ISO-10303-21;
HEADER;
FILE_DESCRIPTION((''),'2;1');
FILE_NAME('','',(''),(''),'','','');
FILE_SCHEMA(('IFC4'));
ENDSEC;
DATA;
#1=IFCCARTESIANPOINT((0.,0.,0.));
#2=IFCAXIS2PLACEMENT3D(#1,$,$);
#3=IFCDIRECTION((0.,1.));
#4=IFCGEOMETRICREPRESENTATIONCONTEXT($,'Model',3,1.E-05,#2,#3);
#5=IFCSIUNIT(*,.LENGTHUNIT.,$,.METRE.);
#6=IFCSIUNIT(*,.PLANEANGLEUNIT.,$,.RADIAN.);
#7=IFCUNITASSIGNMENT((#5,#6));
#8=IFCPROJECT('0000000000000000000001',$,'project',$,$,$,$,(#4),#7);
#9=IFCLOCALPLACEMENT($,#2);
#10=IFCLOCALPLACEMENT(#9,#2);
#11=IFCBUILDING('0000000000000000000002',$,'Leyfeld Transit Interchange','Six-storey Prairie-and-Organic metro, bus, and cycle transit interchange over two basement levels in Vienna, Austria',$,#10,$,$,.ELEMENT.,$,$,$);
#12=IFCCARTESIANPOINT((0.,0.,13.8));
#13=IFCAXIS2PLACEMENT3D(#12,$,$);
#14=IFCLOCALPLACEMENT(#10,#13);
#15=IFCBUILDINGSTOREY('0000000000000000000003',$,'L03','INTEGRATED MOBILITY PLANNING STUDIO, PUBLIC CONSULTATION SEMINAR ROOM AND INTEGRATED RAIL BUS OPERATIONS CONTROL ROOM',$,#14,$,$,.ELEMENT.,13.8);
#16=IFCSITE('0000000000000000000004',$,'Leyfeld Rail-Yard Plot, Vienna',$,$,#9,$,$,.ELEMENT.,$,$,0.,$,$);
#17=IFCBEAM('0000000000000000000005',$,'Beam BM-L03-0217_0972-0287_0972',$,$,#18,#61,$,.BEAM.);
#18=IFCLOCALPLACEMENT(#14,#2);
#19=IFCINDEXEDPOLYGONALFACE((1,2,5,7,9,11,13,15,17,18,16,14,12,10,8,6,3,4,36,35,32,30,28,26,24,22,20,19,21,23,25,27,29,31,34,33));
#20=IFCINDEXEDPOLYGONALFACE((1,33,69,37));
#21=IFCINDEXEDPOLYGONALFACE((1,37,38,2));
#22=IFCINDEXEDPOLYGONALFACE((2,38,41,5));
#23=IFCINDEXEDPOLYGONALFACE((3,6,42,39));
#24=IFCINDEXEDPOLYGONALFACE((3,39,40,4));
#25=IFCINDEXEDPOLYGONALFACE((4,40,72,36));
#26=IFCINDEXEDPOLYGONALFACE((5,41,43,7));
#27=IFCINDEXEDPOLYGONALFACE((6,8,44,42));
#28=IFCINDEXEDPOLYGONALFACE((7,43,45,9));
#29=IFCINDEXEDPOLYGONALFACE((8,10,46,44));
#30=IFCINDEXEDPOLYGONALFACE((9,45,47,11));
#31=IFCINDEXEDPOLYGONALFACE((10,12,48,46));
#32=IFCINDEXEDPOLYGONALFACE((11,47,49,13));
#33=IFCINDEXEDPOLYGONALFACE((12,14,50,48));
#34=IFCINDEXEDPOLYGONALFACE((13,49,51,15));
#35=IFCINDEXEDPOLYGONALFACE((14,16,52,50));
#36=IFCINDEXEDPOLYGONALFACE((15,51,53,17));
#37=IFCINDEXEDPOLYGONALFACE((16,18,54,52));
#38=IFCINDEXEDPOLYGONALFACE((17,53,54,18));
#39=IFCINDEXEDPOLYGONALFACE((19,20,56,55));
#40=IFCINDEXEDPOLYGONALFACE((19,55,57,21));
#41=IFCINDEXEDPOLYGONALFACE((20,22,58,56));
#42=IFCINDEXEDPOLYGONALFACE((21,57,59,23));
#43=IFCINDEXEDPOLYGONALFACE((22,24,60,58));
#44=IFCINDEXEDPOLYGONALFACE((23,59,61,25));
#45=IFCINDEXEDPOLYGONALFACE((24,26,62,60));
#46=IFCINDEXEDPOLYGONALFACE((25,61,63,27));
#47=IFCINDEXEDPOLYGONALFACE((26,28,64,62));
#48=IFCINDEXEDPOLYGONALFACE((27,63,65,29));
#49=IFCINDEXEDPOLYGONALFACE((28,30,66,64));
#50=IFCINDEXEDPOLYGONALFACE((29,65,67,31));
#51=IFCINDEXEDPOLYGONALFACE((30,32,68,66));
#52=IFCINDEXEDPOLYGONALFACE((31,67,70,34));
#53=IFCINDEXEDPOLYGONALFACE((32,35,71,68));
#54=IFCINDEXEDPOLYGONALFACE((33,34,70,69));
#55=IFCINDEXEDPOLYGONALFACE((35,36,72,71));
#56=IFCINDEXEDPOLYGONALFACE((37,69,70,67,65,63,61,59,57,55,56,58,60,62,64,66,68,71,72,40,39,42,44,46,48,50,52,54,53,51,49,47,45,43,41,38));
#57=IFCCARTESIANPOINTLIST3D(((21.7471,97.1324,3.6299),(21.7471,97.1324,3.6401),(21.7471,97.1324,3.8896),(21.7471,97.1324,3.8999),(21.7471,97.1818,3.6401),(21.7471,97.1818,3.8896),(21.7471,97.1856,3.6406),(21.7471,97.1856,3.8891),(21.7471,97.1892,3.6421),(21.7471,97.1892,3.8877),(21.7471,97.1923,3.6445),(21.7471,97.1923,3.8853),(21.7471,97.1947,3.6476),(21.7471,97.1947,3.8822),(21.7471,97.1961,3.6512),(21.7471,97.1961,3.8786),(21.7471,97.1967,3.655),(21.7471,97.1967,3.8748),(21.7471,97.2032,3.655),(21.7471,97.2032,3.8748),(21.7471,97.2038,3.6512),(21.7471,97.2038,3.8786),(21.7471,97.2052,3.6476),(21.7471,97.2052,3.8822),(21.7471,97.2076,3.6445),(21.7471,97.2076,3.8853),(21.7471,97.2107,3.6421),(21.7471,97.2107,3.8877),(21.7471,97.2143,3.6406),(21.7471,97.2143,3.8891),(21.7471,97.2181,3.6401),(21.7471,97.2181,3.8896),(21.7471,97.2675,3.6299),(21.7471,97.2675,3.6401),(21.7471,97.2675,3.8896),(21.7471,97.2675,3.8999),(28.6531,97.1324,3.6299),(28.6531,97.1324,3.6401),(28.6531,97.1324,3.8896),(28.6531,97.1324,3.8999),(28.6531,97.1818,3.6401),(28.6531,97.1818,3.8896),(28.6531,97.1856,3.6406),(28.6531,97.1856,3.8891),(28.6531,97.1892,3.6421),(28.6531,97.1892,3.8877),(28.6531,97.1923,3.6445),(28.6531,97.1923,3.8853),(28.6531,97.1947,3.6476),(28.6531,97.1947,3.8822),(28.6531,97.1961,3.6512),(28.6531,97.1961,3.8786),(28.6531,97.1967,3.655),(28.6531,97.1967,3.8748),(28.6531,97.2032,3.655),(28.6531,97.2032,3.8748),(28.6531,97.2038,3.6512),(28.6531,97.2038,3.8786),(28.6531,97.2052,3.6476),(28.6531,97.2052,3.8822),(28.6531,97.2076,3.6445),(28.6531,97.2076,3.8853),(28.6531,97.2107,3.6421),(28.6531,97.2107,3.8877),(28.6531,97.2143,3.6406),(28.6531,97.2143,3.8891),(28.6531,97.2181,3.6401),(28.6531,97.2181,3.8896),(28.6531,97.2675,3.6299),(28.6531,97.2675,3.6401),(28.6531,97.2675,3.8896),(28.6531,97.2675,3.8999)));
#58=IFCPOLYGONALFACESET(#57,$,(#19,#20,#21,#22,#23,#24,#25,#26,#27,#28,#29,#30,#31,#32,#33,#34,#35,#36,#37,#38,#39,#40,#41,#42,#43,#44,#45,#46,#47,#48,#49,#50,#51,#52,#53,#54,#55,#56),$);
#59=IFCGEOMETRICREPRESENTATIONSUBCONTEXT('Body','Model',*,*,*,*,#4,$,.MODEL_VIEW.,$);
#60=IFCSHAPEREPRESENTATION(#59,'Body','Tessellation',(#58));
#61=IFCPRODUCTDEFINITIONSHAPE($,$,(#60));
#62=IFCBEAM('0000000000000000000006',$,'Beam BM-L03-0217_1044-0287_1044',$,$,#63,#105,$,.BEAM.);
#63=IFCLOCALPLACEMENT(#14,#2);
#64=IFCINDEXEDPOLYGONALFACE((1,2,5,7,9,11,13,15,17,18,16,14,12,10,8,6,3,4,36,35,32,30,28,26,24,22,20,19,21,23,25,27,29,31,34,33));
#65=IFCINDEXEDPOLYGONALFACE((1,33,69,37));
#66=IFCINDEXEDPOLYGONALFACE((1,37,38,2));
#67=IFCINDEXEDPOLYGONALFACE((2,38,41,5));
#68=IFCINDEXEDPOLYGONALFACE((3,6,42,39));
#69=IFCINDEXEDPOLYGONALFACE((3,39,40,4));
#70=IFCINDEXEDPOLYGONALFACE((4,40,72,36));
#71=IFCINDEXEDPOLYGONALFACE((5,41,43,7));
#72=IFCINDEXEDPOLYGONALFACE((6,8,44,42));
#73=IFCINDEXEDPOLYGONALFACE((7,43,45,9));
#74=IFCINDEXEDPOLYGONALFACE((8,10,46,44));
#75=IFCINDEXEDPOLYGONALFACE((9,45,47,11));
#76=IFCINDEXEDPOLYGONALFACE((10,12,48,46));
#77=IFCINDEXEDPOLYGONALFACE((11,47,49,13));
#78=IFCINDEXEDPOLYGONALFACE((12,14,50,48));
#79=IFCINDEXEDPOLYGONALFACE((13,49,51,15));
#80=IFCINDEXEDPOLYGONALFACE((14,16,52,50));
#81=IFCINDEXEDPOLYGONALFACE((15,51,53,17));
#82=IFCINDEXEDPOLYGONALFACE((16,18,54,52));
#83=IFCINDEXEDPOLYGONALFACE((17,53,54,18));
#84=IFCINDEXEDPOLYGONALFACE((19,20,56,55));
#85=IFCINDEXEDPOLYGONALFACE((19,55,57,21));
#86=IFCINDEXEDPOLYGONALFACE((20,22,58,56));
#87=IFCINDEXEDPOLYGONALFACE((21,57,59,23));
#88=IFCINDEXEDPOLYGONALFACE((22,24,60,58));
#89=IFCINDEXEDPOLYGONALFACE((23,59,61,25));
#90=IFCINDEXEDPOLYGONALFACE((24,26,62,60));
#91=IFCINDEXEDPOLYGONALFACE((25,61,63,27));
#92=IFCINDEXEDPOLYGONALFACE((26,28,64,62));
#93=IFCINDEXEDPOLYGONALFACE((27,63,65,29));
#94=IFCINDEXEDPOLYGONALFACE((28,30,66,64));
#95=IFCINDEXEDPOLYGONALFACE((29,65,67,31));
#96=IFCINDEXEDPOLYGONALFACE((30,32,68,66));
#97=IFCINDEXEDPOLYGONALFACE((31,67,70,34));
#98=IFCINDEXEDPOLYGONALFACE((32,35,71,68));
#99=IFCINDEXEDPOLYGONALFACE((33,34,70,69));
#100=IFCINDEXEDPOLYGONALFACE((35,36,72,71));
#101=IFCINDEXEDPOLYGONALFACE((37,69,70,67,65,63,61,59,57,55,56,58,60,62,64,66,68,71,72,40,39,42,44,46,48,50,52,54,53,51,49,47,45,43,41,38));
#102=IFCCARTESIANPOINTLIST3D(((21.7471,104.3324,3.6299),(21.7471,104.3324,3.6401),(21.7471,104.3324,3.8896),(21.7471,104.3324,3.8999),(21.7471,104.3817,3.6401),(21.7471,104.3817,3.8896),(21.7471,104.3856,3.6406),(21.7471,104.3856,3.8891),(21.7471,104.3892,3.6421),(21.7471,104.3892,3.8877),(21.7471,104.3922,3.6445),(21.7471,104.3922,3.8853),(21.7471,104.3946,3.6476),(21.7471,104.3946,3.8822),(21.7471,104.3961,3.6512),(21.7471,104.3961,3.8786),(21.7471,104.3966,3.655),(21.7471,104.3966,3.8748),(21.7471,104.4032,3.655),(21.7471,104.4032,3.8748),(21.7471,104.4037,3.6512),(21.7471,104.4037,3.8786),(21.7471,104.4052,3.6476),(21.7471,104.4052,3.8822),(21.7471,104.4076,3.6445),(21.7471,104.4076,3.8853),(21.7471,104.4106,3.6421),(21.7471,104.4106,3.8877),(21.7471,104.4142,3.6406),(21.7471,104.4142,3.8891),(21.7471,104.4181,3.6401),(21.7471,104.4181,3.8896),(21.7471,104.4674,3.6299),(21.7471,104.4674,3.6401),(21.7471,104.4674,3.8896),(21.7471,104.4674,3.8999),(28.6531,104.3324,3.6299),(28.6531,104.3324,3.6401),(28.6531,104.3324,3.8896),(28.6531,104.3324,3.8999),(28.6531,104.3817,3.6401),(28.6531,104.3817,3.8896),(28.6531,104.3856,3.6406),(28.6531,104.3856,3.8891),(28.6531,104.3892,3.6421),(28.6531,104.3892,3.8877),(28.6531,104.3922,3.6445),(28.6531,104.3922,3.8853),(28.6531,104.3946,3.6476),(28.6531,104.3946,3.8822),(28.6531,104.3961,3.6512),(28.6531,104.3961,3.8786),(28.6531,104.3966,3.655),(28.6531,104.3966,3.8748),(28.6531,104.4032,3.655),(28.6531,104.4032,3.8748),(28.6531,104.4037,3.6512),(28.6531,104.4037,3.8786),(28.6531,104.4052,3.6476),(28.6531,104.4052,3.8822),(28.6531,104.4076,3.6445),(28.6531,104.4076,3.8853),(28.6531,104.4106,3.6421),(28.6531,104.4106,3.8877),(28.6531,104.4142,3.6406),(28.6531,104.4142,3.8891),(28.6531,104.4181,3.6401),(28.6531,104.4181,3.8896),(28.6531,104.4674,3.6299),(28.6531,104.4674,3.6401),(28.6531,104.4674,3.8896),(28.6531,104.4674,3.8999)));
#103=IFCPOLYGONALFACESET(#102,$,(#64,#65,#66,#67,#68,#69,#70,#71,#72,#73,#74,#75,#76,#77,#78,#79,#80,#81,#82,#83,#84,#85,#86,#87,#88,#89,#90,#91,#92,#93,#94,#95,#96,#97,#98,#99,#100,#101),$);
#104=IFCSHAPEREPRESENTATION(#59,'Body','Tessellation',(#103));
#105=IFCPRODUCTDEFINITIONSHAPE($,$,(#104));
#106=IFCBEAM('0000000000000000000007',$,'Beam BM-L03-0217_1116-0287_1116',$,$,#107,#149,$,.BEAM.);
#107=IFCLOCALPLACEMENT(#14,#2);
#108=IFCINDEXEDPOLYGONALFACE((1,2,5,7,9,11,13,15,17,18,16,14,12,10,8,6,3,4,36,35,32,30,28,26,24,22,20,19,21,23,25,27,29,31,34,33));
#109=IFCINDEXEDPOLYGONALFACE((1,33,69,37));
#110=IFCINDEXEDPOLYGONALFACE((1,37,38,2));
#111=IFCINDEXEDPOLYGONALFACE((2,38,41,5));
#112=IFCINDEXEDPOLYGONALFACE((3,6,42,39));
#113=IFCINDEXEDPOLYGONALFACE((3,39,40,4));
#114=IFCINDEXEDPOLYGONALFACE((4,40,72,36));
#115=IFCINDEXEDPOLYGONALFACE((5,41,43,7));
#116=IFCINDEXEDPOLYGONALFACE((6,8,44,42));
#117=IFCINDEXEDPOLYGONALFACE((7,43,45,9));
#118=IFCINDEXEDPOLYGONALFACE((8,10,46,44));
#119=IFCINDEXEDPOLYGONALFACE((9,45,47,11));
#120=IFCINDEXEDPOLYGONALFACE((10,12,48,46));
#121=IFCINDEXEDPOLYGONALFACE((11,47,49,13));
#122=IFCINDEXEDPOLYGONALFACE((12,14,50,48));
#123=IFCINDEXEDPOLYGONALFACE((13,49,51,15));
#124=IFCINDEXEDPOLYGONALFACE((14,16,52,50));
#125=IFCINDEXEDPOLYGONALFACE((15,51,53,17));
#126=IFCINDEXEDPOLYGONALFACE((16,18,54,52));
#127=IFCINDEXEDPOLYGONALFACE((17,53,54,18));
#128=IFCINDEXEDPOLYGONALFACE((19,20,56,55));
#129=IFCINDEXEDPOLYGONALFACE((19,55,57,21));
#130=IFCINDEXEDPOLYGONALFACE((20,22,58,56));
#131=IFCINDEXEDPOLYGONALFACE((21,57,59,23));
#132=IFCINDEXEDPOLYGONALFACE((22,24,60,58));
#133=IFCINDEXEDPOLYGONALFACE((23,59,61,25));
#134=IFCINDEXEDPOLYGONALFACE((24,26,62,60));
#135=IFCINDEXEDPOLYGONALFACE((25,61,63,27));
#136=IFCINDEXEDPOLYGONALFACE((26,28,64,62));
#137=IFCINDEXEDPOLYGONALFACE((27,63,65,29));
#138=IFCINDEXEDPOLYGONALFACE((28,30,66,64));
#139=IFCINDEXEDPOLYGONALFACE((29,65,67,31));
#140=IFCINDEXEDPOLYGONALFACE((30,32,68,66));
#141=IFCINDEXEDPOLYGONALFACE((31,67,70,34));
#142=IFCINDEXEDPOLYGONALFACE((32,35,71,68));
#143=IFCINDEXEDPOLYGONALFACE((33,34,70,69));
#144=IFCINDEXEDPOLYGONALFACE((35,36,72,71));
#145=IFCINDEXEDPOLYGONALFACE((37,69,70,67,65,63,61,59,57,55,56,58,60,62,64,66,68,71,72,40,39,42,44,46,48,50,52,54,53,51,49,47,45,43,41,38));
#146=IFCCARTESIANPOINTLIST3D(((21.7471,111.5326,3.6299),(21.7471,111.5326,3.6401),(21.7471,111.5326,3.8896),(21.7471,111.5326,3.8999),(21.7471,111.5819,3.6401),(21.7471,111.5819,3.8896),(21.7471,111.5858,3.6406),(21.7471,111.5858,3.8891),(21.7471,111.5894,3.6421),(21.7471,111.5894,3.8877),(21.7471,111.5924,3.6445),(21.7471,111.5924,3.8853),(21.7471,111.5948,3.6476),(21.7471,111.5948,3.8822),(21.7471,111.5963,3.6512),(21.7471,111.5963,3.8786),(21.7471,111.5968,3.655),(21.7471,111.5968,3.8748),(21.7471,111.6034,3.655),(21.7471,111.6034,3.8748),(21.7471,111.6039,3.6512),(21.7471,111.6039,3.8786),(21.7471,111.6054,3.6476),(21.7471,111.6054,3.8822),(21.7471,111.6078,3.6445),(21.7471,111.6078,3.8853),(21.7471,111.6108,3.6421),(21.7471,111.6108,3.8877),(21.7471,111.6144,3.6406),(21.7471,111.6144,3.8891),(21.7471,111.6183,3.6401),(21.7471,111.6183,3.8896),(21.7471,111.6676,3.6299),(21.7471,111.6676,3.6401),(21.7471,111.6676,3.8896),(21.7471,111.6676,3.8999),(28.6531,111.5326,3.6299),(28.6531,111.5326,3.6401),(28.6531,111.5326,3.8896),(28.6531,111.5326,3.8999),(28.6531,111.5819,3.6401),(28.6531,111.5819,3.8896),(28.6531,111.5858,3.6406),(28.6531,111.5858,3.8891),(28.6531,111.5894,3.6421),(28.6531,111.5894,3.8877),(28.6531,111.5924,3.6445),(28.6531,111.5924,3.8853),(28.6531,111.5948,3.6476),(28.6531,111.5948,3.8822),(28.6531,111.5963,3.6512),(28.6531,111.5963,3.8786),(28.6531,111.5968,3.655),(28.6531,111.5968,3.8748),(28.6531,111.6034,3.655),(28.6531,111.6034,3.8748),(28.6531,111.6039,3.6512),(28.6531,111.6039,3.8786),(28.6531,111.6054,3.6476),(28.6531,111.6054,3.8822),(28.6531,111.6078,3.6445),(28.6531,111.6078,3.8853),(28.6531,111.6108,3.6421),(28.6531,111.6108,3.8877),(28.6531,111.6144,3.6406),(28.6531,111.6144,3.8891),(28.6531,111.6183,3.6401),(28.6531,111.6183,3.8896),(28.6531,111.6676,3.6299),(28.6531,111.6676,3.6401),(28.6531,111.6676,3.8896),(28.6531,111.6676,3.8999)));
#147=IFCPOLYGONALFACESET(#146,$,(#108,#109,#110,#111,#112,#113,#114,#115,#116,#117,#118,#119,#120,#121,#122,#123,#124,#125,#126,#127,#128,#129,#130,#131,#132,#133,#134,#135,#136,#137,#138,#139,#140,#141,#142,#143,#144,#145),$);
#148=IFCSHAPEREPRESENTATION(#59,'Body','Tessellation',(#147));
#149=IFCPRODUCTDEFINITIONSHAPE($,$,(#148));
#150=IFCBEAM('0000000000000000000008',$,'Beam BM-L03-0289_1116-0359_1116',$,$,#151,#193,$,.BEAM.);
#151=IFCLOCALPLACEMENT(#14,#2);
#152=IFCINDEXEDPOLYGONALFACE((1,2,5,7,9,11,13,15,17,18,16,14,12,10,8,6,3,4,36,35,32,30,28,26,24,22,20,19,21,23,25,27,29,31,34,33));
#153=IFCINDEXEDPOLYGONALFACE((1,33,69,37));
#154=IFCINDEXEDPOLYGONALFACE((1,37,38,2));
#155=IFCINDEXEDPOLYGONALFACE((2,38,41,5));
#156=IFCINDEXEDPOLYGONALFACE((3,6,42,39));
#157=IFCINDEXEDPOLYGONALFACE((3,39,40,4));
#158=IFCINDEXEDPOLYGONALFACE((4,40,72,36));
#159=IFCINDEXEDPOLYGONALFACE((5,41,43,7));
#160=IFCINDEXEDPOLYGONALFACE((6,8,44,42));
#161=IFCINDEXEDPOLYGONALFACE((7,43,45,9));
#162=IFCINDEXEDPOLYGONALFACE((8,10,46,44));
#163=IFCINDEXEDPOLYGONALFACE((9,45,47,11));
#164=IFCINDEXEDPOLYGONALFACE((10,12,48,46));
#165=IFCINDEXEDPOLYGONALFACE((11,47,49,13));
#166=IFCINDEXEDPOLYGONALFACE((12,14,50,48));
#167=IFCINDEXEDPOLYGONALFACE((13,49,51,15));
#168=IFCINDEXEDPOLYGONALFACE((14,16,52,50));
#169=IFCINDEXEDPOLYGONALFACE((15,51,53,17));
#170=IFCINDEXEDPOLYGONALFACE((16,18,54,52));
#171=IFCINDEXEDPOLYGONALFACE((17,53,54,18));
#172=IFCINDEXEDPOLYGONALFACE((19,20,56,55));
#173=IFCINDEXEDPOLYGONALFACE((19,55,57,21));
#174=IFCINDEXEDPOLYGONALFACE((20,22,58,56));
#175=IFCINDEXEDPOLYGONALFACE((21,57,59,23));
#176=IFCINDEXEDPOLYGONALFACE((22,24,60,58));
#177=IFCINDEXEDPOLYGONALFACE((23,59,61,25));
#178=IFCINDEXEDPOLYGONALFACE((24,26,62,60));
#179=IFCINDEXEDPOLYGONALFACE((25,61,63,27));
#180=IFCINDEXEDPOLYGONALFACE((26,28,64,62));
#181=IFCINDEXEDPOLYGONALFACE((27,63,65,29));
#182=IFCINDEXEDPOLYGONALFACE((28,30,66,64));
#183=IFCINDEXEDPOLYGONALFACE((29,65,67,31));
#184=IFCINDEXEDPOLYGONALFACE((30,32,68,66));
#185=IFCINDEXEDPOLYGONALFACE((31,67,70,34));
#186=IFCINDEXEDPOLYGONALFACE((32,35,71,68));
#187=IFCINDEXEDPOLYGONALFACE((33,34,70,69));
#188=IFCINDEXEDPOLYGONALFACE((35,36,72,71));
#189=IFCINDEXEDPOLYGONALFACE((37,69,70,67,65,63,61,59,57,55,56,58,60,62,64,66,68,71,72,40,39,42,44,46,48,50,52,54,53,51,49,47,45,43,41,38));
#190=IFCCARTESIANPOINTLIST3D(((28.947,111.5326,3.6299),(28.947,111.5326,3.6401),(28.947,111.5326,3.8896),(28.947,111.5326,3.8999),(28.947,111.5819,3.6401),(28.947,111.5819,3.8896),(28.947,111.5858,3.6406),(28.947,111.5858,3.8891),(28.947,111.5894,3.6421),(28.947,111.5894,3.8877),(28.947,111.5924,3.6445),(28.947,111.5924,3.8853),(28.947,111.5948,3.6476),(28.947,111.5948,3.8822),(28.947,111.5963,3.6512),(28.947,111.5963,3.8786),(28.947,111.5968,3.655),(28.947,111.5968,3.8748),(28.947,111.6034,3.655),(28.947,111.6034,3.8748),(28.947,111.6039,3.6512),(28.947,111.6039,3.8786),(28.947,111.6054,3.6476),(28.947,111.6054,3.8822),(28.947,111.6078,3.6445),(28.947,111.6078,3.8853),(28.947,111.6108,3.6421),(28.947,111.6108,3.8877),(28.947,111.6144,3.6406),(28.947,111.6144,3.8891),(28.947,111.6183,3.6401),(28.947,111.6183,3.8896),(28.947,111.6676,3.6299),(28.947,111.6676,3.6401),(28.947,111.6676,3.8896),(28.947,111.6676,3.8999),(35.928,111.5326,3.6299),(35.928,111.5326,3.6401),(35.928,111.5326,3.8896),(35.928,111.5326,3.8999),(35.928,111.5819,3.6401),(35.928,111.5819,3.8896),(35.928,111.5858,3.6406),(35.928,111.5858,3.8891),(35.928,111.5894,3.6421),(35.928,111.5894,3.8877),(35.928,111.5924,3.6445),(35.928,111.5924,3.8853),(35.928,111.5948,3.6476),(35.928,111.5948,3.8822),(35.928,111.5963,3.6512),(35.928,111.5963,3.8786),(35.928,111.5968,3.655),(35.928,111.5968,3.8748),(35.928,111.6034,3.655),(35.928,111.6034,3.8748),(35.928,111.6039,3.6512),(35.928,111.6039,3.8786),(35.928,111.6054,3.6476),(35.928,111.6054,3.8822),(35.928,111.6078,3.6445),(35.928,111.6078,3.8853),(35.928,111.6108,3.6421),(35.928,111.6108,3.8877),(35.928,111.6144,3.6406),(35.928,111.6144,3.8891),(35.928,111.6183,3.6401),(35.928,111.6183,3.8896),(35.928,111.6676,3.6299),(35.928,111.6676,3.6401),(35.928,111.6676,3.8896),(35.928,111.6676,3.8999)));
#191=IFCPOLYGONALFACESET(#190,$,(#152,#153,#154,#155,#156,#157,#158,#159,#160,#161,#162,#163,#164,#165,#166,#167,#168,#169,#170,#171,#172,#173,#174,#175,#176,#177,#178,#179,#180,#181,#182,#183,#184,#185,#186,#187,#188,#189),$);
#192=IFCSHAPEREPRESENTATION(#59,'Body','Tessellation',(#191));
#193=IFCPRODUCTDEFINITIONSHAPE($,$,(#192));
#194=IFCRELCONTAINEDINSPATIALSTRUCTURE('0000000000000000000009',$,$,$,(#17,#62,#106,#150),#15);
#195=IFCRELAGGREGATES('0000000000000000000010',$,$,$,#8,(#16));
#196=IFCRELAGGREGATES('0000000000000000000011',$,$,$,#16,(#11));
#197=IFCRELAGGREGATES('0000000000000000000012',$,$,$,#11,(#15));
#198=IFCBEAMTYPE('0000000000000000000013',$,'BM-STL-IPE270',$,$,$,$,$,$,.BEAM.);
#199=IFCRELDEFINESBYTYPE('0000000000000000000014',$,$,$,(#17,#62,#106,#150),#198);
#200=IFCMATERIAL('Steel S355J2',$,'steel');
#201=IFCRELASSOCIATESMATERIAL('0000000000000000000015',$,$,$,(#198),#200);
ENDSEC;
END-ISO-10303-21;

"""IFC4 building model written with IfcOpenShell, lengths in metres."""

from ifc_helpers import new_model, si_unit, direction, frame, origin, origin_2d, place, context, subcontext, project, spatial, i_section, extrude, material, material_profile, profile_set, type_object, element, save


model = new_model("IFC4")

# Units and contexts
model_context = context("Model", 3, precision=1e-05, world=origin(), true_north=direction((0.0, 1.0)))
body_context = subcontext(model_context, "Body", "Model", "MODEL_VIEW")
ifc_project = project(units=[si_unit("LENGTHUNIT", "METRE"), si_unit("PLANEANGLEUNIT", "RADIAN")], contexts=[model_context])

# Site, building, storey
site_placement = place(None, origin())
site = spatial("IfcSite", under=ifc_project, at=site_placement, Name="Leyfeld Rail-Yard Plot, Vienna", CompositionType="ELEMENT", RefElevation=0.0)
building_placement = place(site_placement, origin())
building = spatial("IfcBuilding", under=site, at=building_placement, Name="Leyfeld Transit Interchange", Description="Six-storey Prairie-and-Organic metro, bus, and cycle transit interchange over two basement levels in Vienna, Austria", CompositionType="ELEMENT")
storey_placement = place(building_placement, frame((0.0, 0.0, 13.8)))
storey = spatial("IfcBuildingStorey", under=building, at=storey_placement, Name="L03", Description="INTEGRATED MOBILITY PLANNING STUDIO, PUBLIC CONSULTATION SEMINAR ROOM AND INTEGRATED RAIL BUS OPERATIONS CONTROL ROOM", CompositionType="ELEMENT", Elevation=13.8)

# Beams
ifc_material_1 = material(Name="Steel S355J2", Category="steel")
ifc_material_profile_1 = material_profile(ifc_material_1, i_section(OverallWidth=0.135, OverallDepth=0.27, WebThickness=0.0066, FlangeThickness=0.0103, FilletRadius=0.0149, at=origin_2d()), Name="IPE 270")
ifc_profile_set_1 = profile_set([ifc_material_profile_1], Name="Steel S355J2")
beam_type_1 = type_object("IfcBeamType", Name="BM-STL-IPE270", PredefinedType="BEAM", material=ifc_profile_set_1)
for number, where, z_axis, x_axis, name in (
    (1, (21.7471, 97.2, 3.7649), (1.0, 0.0, 0.0), (0.0, 1.0, 0.0), "Beam BM-L03-0217_0972-0287_0972"),
    (2, (21.7471, 104.3999, 3.7649), (1.0, 0.0, 0.0), (0.0, 1.0, 0.0), "Beam BM-L03-0217_1044-0287_1044"),
    (3, (21.7471, 111.6001, 3.7649), (1.0, 0.0, 0.0), (0.0, 1.0, 0.0), "Beam BM-L03-0217_1116-0287_1116"),
):
    element("IfcBeam", number, at=place(storey_placement, frame(where, z_axis=z_axis, x_axis=x_axis)), inside=storey, type_object=beam_type_1, Name=name, PredefinedType="BEAM", context=body_context, shape_type="SweptSolid", body=[
        extrude(i_section(OverallWidth=0.135, OverallDepth=0.27, WebThickness=0.0066, FlangeThickness=0.0103, FilletRadius=0.0149, at=origin_2d()), origin(), (0.0, 0.0, 1.0), 6.906),
    ])
beam_placement = place(storey_placement, frame((28.947, 111.6001, 3.7649), z_axis=(1.0, 0.0, 0.0), x_axis=(0.0, 1.0, 0.0)))
element("IfcBeam", 4, at=beam_placement, inside=storey, type_object=beam_type_1, Name="Beam BM-L03-0289_1116-0359_1116", PredefinedType="BEAM", context=body_context, shape_type="SweptSolid", body=[
    extrude(i_section(OverallWidth=0.135, OverallDepth=0.27, WebThickness=0.0066, FlangeThickness=0.0103, FilletRadius=0.0149, at=origin_2d()), origin(), (0.0, 0.0, 1.0), 6.981),
])

save(model, "model.ifc")
